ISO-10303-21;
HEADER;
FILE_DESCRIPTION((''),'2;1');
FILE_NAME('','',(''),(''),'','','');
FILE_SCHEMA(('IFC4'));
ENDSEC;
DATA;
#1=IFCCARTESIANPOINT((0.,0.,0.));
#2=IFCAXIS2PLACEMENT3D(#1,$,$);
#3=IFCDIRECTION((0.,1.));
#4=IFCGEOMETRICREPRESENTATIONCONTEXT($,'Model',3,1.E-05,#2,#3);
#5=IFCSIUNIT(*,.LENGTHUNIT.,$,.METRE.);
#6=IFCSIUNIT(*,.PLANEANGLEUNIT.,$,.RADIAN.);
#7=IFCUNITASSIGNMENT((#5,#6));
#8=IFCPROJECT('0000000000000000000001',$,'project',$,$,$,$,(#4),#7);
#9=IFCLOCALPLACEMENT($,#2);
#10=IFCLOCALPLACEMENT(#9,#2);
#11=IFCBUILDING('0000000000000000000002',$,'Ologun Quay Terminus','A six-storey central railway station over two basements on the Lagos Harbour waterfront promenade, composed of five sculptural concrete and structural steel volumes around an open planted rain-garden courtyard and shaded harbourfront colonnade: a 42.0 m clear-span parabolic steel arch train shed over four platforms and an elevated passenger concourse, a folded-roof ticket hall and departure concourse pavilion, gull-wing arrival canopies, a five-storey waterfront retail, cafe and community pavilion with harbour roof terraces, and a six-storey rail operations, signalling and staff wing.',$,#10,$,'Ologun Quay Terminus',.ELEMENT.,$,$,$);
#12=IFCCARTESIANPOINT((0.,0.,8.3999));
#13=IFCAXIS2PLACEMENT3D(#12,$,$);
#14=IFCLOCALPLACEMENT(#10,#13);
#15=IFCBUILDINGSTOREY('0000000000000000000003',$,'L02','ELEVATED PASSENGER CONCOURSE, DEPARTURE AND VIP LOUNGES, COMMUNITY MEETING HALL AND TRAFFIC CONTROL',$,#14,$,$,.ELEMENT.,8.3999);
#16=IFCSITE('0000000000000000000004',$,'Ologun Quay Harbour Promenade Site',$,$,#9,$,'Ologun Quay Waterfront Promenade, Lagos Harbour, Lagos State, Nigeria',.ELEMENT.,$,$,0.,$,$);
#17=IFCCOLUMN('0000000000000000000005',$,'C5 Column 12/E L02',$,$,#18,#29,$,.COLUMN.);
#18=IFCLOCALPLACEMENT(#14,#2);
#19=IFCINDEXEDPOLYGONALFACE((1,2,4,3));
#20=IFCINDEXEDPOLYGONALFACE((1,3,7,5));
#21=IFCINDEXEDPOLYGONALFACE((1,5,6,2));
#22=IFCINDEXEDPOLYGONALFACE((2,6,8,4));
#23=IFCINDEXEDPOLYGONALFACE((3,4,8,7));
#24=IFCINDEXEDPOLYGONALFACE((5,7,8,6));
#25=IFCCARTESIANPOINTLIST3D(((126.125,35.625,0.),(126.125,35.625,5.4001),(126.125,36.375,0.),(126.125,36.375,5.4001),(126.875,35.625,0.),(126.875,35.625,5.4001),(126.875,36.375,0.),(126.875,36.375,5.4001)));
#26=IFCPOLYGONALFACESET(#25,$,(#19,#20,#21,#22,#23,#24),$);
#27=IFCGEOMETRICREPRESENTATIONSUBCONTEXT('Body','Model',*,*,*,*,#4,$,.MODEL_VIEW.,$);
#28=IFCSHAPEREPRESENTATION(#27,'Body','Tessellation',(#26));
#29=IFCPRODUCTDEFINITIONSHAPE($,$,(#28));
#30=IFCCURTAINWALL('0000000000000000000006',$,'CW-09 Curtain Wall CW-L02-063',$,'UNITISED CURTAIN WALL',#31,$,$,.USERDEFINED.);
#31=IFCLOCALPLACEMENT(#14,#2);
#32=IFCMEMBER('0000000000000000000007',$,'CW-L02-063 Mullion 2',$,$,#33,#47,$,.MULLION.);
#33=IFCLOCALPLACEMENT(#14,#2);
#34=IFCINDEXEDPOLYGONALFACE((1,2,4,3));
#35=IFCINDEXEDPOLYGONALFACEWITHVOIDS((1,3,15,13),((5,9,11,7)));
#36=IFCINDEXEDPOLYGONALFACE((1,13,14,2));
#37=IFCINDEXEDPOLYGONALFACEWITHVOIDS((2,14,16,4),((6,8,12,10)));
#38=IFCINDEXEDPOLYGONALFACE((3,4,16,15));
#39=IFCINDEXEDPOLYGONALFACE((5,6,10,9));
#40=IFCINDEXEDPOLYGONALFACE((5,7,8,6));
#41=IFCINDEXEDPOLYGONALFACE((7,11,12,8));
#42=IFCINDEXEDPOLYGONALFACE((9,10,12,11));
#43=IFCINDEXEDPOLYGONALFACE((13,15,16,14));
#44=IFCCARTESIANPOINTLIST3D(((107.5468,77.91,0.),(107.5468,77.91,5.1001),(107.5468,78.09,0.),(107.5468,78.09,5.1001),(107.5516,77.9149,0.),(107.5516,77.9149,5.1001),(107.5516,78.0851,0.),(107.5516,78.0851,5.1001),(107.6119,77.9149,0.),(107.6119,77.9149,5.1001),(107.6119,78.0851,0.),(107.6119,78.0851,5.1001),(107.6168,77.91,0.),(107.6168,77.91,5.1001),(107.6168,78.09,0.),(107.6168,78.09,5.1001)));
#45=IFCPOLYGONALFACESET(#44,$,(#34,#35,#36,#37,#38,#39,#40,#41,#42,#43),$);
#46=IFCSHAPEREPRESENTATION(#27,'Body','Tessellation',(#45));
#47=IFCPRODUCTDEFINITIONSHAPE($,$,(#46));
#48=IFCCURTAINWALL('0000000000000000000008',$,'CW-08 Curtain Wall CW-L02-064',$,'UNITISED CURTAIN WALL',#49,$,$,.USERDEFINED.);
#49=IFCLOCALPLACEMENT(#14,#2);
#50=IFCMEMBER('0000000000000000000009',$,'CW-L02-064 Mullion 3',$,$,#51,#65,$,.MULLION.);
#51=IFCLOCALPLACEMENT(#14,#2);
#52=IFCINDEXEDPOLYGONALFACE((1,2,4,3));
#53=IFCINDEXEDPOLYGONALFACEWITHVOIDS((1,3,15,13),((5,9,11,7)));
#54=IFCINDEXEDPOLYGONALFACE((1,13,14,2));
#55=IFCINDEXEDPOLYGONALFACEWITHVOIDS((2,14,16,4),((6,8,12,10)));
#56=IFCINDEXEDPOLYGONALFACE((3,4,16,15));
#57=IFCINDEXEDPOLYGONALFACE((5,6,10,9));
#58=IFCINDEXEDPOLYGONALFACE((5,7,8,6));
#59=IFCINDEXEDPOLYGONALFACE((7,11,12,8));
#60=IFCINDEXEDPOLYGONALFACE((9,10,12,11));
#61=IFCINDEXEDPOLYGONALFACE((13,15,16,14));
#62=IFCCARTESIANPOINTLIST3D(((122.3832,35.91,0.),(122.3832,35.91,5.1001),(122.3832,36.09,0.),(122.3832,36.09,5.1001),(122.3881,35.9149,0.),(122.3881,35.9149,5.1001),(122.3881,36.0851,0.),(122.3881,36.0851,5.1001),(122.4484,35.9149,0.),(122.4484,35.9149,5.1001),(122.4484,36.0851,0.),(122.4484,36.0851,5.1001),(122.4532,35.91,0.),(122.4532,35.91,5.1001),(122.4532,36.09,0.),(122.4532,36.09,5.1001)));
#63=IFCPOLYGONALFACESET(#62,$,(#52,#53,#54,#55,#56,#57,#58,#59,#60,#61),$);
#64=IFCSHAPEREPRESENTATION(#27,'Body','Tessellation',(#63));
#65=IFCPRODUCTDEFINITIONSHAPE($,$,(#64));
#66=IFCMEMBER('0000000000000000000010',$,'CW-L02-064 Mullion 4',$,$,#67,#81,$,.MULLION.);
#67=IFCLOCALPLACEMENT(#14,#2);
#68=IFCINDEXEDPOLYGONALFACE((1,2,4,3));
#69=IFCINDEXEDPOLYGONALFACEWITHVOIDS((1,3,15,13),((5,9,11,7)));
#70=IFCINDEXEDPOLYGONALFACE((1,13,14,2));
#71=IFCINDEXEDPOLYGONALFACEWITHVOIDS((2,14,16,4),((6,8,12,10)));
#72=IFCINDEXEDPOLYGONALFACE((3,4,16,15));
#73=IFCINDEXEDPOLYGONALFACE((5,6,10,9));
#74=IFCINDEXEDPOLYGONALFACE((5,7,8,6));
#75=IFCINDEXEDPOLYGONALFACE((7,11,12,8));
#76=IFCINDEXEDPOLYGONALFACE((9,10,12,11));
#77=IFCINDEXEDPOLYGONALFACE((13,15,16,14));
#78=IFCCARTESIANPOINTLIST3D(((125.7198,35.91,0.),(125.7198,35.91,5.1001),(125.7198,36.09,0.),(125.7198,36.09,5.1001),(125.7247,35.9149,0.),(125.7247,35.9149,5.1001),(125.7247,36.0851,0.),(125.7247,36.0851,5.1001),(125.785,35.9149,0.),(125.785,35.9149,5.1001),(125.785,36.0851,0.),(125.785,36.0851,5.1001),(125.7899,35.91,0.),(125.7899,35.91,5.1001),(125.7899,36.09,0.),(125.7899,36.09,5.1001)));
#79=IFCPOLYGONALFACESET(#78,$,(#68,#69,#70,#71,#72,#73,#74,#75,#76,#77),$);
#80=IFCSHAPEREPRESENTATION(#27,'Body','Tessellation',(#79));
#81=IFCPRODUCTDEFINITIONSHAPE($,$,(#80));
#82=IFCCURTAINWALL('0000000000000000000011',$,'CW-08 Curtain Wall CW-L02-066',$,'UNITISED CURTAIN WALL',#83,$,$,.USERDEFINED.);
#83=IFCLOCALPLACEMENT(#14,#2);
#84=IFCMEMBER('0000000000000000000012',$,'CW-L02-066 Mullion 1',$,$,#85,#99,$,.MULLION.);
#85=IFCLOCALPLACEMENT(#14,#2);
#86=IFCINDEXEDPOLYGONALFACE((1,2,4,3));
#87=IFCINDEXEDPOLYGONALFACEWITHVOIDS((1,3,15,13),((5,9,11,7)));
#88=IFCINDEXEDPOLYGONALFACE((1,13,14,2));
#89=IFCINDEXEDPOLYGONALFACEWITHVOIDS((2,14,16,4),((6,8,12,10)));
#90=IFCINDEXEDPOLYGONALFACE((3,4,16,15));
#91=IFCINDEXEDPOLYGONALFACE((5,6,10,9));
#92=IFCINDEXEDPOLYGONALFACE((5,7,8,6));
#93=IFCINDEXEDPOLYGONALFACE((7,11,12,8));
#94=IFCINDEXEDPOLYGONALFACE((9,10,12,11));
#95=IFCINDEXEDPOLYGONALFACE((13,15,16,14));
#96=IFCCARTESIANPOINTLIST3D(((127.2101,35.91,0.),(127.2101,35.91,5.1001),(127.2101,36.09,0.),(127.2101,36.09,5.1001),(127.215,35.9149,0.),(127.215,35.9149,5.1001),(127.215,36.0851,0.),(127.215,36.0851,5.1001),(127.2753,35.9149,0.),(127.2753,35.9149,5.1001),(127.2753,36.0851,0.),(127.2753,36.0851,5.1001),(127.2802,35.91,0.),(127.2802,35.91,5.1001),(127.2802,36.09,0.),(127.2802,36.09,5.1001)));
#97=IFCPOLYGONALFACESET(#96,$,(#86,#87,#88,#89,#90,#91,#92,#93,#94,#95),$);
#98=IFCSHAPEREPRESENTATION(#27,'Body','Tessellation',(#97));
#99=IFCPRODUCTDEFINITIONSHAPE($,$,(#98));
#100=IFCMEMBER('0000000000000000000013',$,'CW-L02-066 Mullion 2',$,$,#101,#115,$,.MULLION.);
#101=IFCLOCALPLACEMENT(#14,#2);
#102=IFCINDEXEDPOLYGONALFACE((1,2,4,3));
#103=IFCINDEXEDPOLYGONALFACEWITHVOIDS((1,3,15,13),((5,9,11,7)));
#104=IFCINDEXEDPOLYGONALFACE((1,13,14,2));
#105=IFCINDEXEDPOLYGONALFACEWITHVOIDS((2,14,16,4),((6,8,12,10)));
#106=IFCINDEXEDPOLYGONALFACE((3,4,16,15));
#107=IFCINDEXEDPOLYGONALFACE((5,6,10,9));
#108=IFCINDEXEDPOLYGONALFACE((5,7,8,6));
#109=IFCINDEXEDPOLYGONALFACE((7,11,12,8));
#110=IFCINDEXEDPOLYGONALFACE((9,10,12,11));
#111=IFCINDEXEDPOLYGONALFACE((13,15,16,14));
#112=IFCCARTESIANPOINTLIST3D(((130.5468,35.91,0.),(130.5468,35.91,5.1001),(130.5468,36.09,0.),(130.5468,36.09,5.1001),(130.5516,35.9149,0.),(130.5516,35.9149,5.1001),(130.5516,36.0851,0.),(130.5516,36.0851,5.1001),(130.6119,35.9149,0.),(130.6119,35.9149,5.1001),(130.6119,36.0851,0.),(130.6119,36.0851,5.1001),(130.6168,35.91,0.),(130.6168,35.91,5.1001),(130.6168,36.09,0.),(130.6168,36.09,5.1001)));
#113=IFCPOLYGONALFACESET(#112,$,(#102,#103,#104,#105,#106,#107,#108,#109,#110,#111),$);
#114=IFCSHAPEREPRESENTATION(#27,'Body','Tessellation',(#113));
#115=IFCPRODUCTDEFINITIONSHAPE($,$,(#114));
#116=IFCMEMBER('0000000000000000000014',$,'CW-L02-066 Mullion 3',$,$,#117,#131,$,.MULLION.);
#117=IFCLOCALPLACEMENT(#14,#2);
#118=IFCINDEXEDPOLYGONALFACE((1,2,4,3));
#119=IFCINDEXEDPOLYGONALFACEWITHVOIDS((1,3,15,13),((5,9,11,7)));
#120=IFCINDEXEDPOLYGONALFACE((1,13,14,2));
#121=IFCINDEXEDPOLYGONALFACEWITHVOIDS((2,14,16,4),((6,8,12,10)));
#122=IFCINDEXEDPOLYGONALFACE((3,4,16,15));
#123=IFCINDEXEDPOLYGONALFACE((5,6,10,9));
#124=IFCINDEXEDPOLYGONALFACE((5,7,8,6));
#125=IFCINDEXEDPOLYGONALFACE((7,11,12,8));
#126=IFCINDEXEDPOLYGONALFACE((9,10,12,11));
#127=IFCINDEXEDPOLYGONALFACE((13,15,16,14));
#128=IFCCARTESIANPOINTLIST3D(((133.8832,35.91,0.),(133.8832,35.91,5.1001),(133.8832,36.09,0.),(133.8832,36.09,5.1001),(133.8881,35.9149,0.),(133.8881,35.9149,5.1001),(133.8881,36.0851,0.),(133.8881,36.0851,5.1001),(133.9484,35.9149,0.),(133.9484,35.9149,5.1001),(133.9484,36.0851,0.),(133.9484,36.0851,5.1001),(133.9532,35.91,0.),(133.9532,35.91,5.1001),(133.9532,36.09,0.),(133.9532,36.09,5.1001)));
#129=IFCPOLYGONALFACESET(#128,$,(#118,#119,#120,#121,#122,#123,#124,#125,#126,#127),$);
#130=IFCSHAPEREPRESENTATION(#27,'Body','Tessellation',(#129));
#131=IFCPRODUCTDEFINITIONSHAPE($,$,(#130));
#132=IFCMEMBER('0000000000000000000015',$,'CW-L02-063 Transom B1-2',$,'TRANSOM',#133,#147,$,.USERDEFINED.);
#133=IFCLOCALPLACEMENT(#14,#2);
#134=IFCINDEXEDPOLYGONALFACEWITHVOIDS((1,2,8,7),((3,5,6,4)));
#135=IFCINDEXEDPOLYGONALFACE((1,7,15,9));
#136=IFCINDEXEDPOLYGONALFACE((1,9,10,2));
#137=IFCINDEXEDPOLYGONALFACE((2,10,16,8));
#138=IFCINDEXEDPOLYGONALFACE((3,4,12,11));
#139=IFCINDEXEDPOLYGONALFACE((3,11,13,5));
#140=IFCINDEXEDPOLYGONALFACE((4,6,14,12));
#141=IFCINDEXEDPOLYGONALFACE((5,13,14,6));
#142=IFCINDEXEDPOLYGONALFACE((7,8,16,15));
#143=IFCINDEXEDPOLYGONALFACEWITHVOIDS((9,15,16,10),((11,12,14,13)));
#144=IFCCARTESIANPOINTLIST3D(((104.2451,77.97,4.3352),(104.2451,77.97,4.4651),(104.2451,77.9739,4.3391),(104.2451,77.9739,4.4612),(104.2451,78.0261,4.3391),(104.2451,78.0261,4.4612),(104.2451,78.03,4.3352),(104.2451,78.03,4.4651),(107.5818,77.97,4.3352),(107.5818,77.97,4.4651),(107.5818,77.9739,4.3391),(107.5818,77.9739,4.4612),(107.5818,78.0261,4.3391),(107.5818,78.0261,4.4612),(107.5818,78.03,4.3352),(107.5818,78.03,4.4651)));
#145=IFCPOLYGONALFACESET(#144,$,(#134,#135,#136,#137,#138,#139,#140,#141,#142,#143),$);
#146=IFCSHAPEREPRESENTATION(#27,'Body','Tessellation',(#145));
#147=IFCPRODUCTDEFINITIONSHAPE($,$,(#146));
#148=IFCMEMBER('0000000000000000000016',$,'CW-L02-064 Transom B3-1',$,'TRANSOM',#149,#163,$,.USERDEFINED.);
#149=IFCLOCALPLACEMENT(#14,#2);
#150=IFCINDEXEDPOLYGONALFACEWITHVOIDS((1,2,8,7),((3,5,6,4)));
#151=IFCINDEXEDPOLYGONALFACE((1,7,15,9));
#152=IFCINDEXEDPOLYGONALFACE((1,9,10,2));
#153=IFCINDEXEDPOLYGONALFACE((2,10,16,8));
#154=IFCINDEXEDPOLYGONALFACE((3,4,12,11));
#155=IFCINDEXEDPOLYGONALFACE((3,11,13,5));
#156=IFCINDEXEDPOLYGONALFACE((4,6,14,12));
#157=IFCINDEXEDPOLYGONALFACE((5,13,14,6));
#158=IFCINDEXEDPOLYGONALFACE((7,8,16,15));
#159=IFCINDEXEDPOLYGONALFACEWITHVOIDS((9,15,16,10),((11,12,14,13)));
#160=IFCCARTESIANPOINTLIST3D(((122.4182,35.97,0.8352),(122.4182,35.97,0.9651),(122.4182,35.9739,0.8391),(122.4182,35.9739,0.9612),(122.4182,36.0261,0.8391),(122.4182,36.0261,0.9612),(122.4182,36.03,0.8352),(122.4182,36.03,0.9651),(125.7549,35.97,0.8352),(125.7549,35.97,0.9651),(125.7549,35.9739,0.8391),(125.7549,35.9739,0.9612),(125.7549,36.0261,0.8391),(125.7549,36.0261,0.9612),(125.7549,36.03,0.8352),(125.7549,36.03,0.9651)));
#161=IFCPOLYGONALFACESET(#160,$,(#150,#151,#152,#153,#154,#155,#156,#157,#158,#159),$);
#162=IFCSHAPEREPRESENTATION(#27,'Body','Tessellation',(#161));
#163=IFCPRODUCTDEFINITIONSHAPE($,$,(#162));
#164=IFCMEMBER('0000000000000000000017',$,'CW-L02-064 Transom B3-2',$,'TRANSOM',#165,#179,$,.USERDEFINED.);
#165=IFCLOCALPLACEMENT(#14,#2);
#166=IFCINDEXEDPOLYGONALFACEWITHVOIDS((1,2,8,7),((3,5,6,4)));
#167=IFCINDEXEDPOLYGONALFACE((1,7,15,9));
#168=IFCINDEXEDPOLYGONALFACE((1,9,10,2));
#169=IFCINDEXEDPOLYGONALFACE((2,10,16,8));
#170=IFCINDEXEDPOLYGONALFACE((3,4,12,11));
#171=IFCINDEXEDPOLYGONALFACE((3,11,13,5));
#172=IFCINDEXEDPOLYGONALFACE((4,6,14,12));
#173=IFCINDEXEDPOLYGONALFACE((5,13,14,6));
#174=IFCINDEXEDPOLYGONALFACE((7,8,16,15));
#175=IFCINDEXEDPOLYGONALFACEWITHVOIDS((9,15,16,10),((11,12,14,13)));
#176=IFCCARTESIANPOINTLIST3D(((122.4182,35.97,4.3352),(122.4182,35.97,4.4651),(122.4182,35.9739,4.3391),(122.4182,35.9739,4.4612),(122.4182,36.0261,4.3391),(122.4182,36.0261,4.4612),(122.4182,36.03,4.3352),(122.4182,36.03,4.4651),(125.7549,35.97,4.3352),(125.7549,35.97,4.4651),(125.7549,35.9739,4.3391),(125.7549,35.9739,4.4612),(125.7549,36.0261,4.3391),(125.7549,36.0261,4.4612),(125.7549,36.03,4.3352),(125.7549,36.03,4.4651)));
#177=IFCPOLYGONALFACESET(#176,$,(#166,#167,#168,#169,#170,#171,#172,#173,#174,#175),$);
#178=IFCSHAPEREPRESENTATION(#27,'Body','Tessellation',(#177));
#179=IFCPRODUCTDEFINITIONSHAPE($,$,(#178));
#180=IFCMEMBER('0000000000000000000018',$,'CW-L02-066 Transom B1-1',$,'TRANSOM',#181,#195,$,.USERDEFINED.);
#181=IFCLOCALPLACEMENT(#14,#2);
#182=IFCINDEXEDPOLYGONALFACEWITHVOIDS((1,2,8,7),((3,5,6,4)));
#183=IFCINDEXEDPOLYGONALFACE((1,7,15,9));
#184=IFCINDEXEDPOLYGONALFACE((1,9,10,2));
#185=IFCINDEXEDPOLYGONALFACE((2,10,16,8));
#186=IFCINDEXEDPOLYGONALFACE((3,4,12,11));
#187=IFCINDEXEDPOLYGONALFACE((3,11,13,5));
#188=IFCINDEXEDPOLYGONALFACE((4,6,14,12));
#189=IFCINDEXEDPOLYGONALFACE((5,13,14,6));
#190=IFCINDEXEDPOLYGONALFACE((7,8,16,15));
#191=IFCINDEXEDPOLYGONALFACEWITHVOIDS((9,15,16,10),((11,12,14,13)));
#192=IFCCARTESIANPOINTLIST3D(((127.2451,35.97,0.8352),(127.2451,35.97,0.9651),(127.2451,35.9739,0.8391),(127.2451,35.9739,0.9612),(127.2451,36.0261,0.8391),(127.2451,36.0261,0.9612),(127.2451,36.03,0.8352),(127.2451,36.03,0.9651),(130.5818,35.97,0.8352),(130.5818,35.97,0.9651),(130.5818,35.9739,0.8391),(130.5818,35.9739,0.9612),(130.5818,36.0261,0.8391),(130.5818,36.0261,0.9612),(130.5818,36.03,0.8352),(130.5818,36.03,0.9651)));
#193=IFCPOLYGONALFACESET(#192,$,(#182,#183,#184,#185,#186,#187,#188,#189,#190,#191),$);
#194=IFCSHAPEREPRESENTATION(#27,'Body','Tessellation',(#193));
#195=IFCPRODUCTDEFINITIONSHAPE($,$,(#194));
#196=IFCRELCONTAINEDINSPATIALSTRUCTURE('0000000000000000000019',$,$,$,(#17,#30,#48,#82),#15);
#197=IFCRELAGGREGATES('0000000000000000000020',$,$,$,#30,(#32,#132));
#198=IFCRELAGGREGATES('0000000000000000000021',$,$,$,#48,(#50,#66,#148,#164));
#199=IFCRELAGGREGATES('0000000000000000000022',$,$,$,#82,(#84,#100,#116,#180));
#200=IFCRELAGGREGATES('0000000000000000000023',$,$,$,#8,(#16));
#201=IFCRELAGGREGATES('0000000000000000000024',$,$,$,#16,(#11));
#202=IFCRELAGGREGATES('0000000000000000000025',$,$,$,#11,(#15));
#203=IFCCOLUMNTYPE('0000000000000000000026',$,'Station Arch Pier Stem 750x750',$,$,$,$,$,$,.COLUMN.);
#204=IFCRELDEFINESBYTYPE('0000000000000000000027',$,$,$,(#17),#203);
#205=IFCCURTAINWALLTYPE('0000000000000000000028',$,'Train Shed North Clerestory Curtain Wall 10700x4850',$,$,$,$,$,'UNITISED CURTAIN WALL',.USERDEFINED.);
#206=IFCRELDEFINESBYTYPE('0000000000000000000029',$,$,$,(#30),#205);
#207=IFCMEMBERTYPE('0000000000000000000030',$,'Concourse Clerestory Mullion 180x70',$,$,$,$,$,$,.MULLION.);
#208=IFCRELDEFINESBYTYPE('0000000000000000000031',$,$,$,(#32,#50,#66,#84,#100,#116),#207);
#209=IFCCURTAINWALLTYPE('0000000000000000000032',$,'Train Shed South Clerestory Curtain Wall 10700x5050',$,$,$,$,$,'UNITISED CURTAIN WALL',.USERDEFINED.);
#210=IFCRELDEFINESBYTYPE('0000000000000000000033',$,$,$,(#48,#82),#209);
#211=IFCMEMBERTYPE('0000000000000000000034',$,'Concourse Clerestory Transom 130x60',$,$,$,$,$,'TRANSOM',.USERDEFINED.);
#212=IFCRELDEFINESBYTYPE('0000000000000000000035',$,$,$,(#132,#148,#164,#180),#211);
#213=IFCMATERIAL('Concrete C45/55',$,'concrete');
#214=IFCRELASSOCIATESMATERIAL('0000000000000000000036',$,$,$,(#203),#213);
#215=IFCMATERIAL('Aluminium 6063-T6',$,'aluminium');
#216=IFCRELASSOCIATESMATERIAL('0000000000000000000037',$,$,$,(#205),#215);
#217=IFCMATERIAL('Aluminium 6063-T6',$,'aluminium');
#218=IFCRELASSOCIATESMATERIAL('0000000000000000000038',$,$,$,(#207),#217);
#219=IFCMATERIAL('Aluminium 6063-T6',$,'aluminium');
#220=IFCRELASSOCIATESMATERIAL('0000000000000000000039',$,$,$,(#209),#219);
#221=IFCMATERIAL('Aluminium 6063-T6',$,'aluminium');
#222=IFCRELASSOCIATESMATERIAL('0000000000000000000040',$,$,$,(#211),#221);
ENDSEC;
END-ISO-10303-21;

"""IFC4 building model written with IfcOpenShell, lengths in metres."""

from ifc_helpers import new_model, si_unit, direction, frame, origin, origin_2d, place, context, subcontext, project, spatial, rectangle, hollow_rectangle, extrude, material, material_profile, profile_set, type_object, element, aggregate, save


model = new_model("IFC4")

# Units and contexts
model_context = context("Model", 3, precision=1e-05, world=origin(), true_north=direction((0.0, 1.0)))
body_context = subcontext(model_context, "Body", "Model", "MODEL_VIEW")
ifc_project = project(units=[si_unit("LENGTHUNIT", "METRE"), si_unit("PLANEANGLEUNIT", "RADIAN")], contexts=[model_context])

# Site, building, storey
site_placement = place(None, origin())
site = spatial("IfcSite", under=ifc_project, at=site_placement, Name="Ologun Quay Harbour Promenade Site", LongName="Ologun Quay Waterfront Promenade, Lagos Harbour, Lagos State, Nigeria", CompositionType="ELEMENT", RefElevation=0.0)
building_placement = place(site_placement, origin())
building = spatial("IfcBuilding", under=site, at=building_placement, Name="Ologun Quay Terminus", Description="A six-storey central railway station over two basements on the Lagos Harbour waterfront promenade, composed of five sculptural concrete and structural steel volumes around an open planted rain-garden courtyard and shaded harbourfront colonnade: a 42.0 m clear-span parabolic steel arch train shed over four platforms and an elevated passenger concourse, a folded-roof ticket hall and departure concourse pavilion, gull-wing arrival canopies, a five-storey waterfront retail, cafe and community pavilion with harbour roof terraces, and a six-storey rail operations, signalling and staff wing.", LongName="Ologun Quay Terminus", CompositionType="ELEMENT")
storey_placement = place(building_placement, frame((0.0, 0.0, 8.3999)))
storey = spatial("IfcBuildingStorey", under=building, at=storey_placement, Name="L02", Description="ELEVATED PASSENGER CONCOURSE, DEPARTURE AND VIP LOUNGES, COMMUNITY MEETING HALL AND TRAFFIC CONTROL", CompositionType="ELEMENT", Elevation=8.3999)

# Column
ifc_material_1 = material(Name="Concrete C45/55", Category="concrete")
ifc_material_profile_1 = material_profile(ifc_material_1, rectangle(XDim=0.75, YDim=0.75, at=origin_2d()), Name="RC 750x750")
ifc_profile_set_1 = profile_set([ifc_material_profile_1], Name="Concrete C45/55")
column_type = type_object("IfcColumnType", Name="Station Arch Pier Stem 750x750", PredefinedType="COLUMN", material=ifc_profile_set_1)
column_placement = place(storey_placement, frame((126.5, 36.0, 0.0), z_axis=(0.0, 0.0, 1.0), x_axis=(1.0, 0.0, 0.0)))
element("IfcColumn", 1, at=column_placement, inside=storey, type_object=column_type, Name="C5 Column 12/E L02", PredefinedType="COLUMN", context=body_context, shape_type="SweptSolid", body=[
    extrude(rectangle(XDim=0.75, YDim=0.75, at=origin_2d()), origin(), (0.0, 0.0, 1.0), 5.4001),
])

# Curtain wall, member
ifc_material_2 = material(Name="Aluminium 6063-T6", Category="aluminium")
curtain_wall_type_1 = type_object("IfcCurtainWallType", Name="Train Shed North Clerestory Curtain Wall 10700x4850", ElementType="UNITISED CURTAIN WALL", PredefinedType="USERDEFINED", material=ifc_material_2)
curtain_wall_1_placement = place(storey_placement, origin())
curtain_wall_1 = element("IfcCurtainWall", 2, at=curtain_wall_1_placement, inside=storey, type_object=curtain_wall_type_1, Name="CW-09 Curtain Wall CW-L02-063", ObjectType="UNITISED CURTAIN WALL", PredefinedType="USERDEFINED")
ifc_material_3 = material(Name="Aluminium 6063-T6", Category="aluminium")
ifc_material_profile_2 = material_profile(ifc_material_3, hollow_rectangle(XDim=0.0701, YDim=0.1799, WallThickness=0.0049, at=origin_2d()), Name="ALU 180x70x5")
ifc_profile_set_2 = profile_set([ifc_material_profile_2], Name="Aluminium 6063-T6")
member_type_1 = type_object("IfcMemberType", Name="Concourse Clerestory Mullion 180x70", PredefinedType="MULLION", material=ifc_profile_set_2)
member_1_placement = place(storey_placement, frame((107.5818, 78.0, 0.0), z_axis=(0.0, 0.0, 1.0), x_axis=(1.0, 0.0, 0.0)))
member_1 = element("IfcMember", 3, at=member_1_placement, type_object=member_type_1, Name="CW-L02-063 Mullion 2", PredefinedType="MULLION", context=body_context, shape_type="SweptSolid", body=[
    extrude(hollow_rectangle(XDim=0.0701, YDim=0.1799, WallThickness=0.0049, at=origin_2d()), origin(), (0.0, 0.0, 1.0), 5.1001),
])

# Curtain walls, members
ifc_material_4 = material(Name="Aluminium 6063-T6", Category="aluminium")
curtain_wall_type_2 = type_object("IfcCurtainWallType", Name="Train Shed South Clerestory Curtain Wall 10700x5050", ElementType="UNITISED CURTAIN WALL", PredefinedType="USERDEFINED", material=ifc_material_4)
curtain_wall_2_placement = place(storey_placement, origin())
curtain_wall_2 = element("IfcCurtainWall", 4, at=curtain_wall_2_placement, inside=storey, type_object=curtain_wall_type_2, Name="CW-08 Curtain Wall CW-L02-064", ObjectType="UNITISED CURTAIN WALL", PredefinedType="USERDEFINED")
member_2_placement = place(storey_placement, frame((122.4182, 36.0, 0.0), z_axis=(0.0, 0.0, 1.0), x_axis=(1.0, 0.0, 0.0)))
member_2 = element("IfcMember", 5, at=member_2_placement, type_object=member_type_1, Name="CW-L02-064 Mullion 3", PredefinedType="MULLION", context=body_context, shape_type="SweptSolid", body=[
    extrude(hollow_rectangle(XDim=0.0701, YDim=0.1799, WallThickness=0.0049, at=origin_2d()), origin(), (0.0, 0.0, 1.0), 5.1001),
])
member_3_placement = place(storey_placement, frame((125.7549, 36.0, 0.0), z_axis=(0.0, 0.0, 1.0), x_axis=(1.0, 0.0, 0.0)))
member_3 = element("IfcMember", 6, at=member_3_placement, type_object=member_type_1, Name="CW-L02-064 Mullion 4", PredefinedType="MULLION", context=body_context, shape_type="SweptSolid", body=[
    extrude(hollow_rectangle(XDim=0.0701, YDim=0.1799, WallThickness=0.0049, at=origin_2d()), origin(), (0.0, 0.0, 1.0), 5.1001),
])
curtain_wall_3_placement = place(storey_placement, origin())
curtain_wall_3 = element("IfcCurtainWall", 7, at=curtain_wall_3_placement, inside=storey, type_object=curtain_wall_type_2, Name="CW-08 Curtain Wall CW-L02-066", ObjectType="UNITISED CURTAIN WALL", PredefinedType="USERDEFINED")
member_4_placement = place(storey_placement, frame((127.2451, 36.0, 0.0), z_axis=(0.0, 0.0, 1.0), x_axis=(1.0, 0.0, 0.0)))
member_4 = element("IfcMember", 8, at=member_4_placement, type_object=member_type_1, Name="CW-L02-066 Mullion 1", PredefinedType="MULLION", context=body_context, shape_type="SweptSolid", body=[
    extrude(hollow_rectangle(XDim=0.0701, YDim=0.1799, WallThickness=0.0049, at=origin_2d()), origin(), (0.0, 0.0, 1.0), 5.1001),
])
member_5_placement = place(storey_placement, frame((130.5818, 36.0, 0.0), z_axis=(0.0, 0.0, 1.0), x_axis=(1.0, 0.0, 0.0)))
member_5 = element("IfcMember", 9, at=member_5_placement, type_object=member_type_1, Name="CW-L02-066 Mullion 2", PredefinedType="MULLION", context=body_context, shape_type="SweptSolid", body=[
    extrude(hollow_rectangle(XDim=0.0701, YDim=0.1799, WallThickness=0.0049, at=origin_2d()), origin(), (0.0, 0.0, 1.0), 5.1001),
])
member_6_placement = place(storey_placement, frame((133.9182, 36.0, 0.0), z_axis=(0.0, 0.0, 1.0), x_axis=(1.0, 0.0, 0.0)))
member_6 = element("IfcMember", 10, at=member_6_placement, type_object=member_type_1, Name="CW-L02-066 Mullion 3", PredefinedType="MULLION", context=body_context, shape_type="SweptSolid", body=[
    extrude(hollow_rectangle(XDim=0.0701, YDim=0.1799, WallThickness=0.0049, at=origin_2d()), origin(), (0.0, 0.0, 1.0), 5.1001),
])

# Members
ifc_material_5 = material(Name="Aluminium 6063-T6", Category="aluminium")
ifc_material_profile_3 = material_profile(ifc_material_5, hollow_rectangle(XDim=0.0601, YDim=0.1299, WallThickness=0.0039, at=origin_2d()), Name="ALU 130x60x4")
ifc_profile_set_3 = profile_set([ifc_material_profile_3], Name="Aluminium 6063-T6")
member_type_2 = type_object("IfcMemberType", Name="Concourse Clerestory Transom 130x60", ElementType="TRANSOM", PredefinedType="USERDEFINED", material=ifc_profile_set_3)
member_7_placement = place(storey_placement, frame((104.2451, 78.0, 4.4001), z_axis=(1.0, 0.0, 0.0), x_axis=(0.0, 1.0, 0.0)))
member_7 = element("IfcMember", 11, at=member_7_placement, type_object=member_type_2, Name="CW-L02-063 Transom B1-2", ObjectType="TRANSOM", PredefinedType="USERDEFINED", context=body_context, shape_type="SweptSolid", body=[
    extrude(hollow_rectangle(XDim=0.0601, YDim=0.1299, WallThickness=0.0039, at=origin_2d()), origin(), (0.0, 0.0, 1.0), 3.3367),
])
member_8_placement = place(storey_placement, frame((122.4182, 36.0, 0.9001), z_axis=(1.0, 0.0, 0.0), x_axis=(0.0, 1.0, 0.0)))
member_8 = element("IfcMember", 12, at=member_8_placement, type_object=member_type_2, Name="CW-L02-064 Transom B3-1", ObjectType="TRANSOM", PredefinedType="USERDEFINED", context=body_context, shape_type="SweptSolid", body=[
    extrude(hollow_rectangle(XDim=0.0601, YDim=0.1299, WallThickness=0.0039, at=origin_2d()), origin(), (0.0, 0.0, 1.0), 3.3367),
])
member_9_placement = place(storey_placement, frame((122.4182, 36.0, 4.4001), z_axis=(1.0, 0.0, 0.0), x_axis=(0.0, 1.0, 0.0)))
member_9 = element("IfcMember", 13, at=member_9_placement, type_object=member_type_2, Name="CW-L02-064 Transom B3-2", ObjectType="TRANSOM", PredefinedType="USERDEFINED", context=body_context, shape_type="SweptSolid", body=[
    extrude(hollow_rectangle(XDim=0.0601, YDim=0.1299, WallThickness=0.0039, at=origin_2d()), origin(), (0.0, 0.0, 1.0), 3.3367),
])
member_10_placement = place(storey_placement, frame((127.2451, 36.0, 0.9001), z_axis=(1.0, 0.0, 0.0), x_axis=(0.0, 1.0, 0.0)))
member_10 = element("IfcMember", 14, at=member_10_placement, type_object=member_type_2, Name="CW-L02-066 Transom B1-1", ObjectType="TRANSOM", PredefinedType="USERDEFINED", context=body_context, shape_type="SweptSolid", body=[
    extrude(hollow_rectangle(XDim=0.0601, YDim=0.1299, WallThickness=0.0039, at=origin_2d()), origin(), (0.0, 0.0, 1.0), 3.3367),
])

aggregate(curtain_wall_1, [member_1, member_7])
aggregate(curtain_wall_2, [member_2, member_3, member_8, member_9])
aggregate(curtain_wall_3, [member_4, member_5, member_6, member_10])

save(model, "model.ifc")
